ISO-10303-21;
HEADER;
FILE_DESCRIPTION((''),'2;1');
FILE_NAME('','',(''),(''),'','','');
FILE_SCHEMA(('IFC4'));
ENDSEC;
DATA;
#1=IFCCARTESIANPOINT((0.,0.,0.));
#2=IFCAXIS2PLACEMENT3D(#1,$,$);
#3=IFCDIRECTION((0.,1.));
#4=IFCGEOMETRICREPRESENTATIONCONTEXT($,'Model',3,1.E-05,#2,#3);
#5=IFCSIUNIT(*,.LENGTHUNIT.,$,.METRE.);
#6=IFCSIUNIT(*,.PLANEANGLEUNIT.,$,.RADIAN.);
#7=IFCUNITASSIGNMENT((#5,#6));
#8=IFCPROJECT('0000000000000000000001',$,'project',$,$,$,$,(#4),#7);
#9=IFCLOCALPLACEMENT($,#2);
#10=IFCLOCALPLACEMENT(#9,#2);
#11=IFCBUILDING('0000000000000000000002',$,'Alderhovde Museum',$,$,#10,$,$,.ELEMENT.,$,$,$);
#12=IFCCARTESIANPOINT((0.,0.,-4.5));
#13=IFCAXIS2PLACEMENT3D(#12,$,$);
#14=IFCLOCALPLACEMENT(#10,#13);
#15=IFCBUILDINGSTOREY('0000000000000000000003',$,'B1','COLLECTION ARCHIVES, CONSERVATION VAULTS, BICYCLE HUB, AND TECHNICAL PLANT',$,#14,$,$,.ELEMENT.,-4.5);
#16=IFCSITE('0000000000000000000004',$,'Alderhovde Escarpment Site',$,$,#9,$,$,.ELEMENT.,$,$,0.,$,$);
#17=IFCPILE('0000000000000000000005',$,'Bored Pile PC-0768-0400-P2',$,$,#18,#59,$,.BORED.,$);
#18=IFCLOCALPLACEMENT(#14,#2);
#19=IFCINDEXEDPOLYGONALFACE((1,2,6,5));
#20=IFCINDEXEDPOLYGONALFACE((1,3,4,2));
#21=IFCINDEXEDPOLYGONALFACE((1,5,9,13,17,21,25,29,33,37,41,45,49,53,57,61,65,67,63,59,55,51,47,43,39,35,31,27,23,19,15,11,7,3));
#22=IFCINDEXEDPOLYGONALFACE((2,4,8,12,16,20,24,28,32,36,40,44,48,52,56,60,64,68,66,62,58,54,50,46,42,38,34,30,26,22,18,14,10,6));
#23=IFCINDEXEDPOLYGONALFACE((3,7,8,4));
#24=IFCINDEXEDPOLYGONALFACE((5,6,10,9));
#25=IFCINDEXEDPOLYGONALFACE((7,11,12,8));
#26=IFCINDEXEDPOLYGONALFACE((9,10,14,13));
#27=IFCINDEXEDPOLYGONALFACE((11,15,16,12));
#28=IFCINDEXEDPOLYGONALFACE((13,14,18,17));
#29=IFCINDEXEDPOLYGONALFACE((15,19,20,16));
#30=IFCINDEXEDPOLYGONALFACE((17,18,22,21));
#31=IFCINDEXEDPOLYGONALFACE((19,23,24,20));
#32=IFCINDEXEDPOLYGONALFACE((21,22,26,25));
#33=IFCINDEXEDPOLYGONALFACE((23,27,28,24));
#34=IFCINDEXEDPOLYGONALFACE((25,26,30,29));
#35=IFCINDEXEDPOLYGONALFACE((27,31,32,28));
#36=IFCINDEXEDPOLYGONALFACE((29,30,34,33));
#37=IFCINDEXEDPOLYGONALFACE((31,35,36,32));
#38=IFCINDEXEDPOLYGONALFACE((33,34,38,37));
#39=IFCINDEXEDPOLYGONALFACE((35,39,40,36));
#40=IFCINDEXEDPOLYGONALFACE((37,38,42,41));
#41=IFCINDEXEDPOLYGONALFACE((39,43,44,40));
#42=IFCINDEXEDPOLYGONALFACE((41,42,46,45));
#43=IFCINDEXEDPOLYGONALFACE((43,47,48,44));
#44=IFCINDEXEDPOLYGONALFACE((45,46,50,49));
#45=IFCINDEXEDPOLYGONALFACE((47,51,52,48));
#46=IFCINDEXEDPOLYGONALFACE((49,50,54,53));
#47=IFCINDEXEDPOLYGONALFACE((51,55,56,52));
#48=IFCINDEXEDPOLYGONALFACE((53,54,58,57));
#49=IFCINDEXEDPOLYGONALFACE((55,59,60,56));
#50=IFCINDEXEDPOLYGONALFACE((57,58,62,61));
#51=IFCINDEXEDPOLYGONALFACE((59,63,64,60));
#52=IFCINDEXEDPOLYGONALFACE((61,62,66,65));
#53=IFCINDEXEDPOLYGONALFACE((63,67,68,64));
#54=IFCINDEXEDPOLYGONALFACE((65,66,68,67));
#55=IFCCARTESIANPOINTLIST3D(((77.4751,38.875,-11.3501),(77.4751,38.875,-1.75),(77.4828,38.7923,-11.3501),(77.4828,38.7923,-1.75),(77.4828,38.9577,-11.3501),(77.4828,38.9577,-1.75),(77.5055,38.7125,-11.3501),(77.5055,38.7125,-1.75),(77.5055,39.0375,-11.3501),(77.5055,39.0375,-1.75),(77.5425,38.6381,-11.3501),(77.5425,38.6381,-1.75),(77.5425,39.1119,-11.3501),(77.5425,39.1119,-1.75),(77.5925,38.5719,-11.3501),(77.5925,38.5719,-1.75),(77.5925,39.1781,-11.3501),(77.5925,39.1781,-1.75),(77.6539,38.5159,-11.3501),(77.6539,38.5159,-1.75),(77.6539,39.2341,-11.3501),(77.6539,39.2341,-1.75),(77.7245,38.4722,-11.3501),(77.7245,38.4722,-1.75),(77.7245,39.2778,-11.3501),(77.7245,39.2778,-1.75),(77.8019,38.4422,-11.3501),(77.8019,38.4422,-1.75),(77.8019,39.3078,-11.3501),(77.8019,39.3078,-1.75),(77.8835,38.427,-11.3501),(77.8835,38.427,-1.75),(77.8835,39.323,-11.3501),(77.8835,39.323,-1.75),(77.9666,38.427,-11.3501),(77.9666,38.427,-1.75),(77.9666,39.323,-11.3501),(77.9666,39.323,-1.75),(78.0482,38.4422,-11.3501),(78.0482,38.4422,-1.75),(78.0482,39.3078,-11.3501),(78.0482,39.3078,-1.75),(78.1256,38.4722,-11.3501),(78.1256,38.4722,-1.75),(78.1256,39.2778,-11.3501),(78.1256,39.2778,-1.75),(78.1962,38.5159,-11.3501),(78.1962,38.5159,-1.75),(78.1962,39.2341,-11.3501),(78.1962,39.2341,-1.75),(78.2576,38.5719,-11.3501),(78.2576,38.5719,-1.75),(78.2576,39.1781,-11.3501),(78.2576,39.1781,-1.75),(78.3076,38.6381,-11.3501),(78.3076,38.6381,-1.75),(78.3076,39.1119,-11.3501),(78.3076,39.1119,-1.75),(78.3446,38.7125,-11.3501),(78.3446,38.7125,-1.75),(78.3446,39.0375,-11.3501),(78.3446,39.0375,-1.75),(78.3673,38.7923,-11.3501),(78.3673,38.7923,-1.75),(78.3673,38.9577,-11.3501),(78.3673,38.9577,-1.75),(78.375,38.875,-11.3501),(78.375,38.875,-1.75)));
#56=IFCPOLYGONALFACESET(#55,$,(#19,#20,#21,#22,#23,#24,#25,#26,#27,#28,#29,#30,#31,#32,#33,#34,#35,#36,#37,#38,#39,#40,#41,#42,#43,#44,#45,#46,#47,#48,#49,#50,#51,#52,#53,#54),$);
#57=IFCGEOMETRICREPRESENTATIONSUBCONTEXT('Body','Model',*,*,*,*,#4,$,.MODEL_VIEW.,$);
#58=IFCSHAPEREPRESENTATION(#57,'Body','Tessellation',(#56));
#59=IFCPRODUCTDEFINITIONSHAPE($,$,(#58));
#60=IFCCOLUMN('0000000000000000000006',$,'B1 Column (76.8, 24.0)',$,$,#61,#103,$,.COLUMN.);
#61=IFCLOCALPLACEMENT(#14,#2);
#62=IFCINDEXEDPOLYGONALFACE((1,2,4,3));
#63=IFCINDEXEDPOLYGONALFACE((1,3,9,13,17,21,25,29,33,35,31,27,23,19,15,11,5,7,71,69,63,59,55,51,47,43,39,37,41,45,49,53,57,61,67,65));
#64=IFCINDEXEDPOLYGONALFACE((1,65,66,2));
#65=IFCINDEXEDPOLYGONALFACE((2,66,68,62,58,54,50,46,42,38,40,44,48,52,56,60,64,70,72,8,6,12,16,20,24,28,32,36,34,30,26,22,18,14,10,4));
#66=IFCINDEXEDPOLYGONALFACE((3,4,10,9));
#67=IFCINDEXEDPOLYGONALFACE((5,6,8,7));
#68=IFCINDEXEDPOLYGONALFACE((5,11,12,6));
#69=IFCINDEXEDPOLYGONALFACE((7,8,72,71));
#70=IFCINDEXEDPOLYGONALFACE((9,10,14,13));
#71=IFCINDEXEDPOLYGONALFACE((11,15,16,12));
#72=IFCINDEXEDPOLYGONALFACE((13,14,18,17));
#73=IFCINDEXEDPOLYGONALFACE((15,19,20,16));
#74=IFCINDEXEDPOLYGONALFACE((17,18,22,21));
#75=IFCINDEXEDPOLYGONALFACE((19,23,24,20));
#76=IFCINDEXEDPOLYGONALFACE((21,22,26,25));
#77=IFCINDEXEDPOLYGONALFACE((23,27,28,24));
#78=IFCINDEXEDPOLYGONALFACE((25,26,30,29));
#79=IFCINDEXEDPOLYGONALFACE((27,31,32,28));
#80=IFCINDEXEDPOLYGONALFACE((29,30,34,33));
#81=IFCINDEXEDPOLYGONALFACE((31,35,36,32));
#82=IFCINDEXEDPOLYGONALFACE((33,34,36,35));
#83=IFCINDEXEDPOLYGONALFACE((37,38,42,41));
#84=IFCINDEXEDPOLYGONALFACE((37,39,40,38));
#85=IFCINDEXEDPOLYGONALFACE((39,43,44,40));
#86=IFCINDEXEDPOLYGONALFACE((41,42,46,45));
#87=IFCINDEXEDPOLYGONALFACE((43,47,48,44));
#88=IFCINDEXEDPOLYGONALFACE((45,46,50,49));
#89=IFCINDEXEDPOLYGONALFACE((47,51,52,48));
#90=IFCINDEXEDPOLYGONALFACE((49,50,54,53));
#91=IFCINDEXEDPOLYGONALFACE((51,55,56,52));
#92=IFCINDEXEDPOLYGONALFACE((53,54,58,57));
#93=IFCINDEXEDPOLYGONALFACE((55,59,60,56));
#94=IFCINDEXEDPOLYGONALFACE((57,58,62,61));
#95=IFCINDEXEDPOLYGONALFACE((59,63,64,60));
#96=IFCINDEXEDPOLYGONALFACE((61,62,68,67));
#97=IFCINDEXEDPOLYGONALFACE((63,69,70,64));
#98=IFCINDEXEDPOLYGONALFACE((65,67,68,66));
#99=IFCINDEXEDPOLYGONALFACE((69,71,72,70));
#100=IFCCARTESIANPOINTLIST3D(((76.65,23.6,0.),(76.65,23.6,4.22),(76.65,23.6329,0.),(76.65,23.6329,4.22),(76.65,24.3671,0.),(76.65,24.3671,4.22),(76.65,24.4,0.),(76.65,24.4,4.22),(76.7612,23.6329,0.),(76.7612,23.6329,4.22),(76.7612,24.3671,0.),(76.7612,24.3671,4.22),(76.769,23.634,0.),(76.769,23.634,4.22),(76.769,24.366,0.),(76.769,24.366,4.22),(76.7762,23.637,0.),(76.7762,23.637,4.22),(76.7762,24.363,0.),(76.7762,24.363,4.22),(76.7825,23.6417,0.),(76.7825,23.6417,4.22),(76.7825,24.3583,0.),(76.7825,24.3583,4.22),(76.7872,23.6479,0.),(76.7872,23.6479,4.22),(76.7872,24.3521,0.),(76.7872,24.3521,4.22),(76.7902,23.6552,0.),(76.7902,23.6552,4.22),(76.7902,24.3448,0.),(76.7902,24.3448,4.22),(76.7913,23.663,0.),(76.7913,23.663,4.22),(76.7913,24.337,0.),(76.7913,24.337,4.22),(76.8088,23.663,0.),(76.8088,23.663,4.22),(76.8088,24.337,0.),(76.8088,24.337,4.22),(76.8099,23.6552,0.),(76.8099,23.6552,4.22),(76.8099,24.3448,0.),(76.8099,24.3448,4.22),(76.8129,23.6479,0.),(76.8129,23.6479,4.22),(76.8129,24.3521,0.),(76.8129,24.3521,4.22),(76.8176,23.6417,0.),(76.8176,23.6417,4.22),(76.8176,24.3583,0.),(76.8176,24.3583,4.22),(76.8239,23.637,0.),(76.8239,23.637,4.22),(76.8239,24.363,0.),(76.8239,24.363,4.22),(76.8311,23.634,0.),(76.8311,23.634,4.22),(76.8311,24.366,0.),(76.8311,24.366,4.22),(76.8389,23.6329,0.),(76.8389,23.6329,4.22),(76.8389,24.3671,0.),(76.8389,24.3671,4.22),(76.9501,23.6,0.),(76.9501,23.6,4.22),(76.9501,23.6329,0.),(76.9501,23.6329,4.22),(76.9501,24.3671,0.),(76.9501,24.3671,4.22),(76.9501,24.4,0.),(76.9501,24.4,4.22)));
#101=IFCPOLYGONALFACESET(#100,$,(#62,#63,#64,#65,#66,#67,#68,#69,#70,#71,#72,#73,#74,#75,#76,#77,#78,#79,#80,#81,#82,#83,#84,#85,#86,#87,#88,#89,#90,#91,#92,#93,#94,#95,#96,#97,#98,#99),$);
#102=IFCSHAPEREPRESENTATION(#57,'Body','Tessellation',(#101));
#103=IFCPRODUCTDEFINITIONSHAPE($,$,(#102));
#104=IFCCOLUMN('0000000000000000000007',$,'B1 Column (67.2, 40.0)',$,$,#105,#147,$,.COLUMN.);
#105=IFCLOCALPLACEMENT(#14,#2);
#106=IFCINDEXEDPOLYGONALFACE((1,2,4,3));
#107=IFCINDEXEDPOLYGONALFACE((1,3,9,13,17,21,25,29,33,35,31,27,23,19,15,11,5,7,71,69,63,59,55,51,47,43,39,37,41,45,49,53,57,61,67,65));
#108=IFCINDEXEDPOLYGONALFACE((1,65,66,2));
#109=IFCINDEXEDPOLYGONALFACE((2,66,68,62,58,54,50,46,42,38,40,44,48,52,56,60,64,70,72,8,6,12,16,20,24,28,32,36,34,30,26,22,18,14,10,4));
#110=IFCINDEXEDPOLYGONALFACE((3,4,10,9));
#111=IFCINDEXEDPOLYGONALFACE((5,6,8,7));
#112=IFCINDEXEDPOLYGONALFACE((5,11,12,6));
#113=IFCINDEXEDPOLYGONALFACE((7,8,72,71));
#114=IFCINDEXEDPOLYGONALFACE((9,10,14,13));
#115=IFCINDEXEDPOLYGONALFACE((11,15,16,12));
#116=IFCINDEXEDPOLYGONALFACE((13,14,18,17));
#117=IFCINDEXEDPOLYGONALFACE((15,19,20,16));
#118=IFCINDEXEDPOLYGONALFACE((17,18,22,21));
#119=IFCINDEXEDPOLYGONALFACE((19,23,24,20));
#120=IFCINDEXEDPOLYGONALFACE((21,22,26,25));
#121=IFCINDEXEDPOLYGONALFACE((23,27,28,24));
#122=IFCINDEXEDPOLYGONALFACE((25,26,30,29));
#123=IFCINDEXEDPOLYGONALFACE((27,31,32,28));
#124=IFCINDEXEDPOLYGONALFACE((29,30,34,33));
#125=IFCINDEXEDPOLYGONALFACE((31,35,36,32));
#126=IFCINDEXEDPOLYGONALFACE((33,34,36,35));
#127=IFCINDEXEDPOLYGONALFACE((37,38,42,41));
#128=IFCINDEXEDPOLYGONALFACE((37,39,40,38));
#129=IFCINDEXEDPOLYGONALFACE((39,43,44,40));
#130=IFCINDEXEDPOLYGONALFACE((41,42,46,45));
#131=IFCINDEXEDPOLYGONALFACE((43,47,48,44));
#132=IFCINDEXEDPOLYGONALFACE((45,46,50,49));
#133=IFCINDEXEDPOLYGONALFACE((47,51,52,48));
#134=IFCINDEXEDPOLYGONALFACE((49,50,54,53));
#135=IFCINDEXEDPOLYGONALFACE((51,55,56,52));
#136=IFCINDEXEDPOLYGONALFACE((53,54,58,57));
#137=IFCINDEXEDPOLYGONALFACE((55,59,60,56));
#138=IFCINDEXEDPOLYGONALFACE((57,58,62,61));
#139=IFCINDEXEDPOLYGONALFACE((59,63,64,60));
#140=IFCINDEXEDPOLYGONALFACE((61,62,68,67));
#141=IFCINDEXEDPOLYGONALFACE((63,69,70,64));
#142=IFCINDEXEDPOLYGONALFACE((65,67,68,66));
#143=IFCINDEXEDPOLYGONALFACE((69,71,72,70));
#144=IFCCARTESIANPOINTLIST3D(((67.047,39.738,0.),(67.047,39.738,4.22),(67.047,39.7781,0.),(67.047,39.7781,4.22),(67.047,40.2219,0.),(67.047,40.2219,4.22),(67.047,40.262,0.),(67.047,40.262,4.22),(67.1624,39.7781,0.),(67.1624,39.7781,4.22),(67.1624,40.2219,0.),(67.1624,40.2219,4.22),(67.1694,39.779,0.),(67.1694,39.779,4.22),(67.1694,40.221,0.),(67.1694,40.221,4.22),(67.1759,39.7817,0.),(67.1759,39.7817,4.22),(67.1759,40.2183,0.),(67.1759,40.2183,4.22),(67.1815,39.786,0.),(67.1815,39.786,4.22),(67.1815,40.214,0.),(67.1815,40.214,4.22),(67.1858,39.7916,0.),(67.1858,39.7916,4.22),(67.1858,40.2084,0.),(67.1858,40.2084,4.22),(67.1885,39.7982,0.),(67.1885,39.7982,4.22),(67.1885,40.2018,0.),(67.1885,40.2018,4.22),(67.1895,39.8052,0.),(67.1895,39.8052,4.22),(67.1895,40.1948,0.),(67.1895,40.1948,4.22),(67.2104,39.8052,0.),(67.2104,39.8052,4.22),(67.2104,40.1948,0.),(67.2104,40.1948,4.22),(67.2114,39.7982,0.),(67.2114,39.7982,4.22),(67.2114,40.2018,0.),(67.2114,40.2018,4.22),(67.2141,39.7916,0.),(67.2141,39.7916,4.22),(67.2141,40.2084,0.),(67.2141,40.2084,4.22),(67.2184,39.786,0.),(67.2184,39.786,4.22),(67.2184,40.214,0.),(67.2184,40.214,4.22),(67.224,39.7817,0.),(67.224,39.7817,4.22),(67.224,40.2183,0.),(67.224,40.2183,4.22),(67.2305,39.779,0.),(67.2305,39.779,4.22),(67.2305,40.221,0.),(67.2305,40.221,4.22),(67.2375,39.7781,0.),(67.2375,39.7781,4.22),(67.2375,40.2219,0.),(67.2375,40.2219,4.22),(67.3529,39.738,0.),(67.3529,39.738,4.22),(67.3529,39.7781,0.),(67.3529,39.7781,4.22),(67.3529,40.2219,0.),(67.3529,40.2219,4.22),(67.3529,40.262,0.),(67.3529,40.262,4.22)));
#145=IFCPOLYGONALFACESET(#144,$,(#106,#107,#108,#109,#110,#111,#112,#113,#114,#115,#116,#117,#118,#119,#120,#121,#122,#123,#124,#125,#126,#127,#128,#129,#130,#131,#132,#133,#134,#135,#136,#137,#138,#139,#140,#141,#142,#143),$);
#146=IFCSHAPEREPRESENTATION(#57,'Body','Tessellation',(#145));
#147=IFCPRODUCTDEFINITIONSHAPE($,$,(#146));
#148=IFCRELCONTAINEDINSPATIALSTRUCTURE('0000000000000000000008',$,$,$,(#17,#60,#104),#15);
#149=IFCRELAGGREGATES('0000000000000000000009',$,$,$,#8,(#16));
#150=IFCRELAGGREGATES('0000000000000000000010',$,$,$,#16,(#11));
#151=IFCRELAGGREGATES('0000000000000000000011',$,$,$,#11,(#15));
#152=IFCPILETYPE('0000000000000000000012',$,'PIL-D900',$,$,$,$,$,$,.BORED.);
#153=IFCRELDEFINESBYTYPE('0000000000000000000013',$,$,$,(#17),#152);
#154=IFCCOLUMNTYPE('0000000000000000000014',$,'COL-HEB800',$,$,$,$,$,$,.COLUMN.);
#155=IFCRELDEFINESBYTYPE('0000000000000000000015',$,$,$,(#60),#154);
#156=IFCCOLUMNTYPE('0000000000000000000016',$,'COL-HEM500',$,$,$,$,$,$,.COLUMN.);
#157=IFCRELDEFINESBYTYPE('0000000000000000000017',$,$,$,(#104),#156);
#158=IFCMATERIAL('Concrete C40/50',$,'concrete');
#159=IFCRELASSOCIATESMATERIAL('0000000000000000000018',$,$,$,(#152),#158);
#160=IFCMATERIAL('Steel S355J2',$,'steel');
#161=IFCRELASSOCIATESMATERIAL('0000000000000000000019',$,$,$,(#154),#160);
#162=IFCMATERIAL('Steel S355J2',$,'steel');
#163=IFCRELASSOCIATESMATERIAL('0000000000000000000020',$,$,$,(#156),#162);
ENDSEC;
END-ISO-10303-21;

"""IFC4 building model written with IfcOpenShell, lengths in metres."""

from ifc_helpers import new_model, si_unit, direction, frame, origin, origin_2d, place, context, subcontext, project, spatial, circle, i_section, extrude, material, material_profile, profile_set, type_object, element, save


model = new_model("IFC4")

# Units and contexts
model_context = context("Model", 3, precision=1e-05, world=origin(), true_north=direction((0.0, 1.0)))
body_context = subcontext(model_context, "Body", "Model", "MODEL_VIEW")
ifc_project = project(units=[si_unit("LENGTHUNIT", "METRE"), si_unit("PLANEANGLEUNIT", "RADIAN")], contexts=[model_context])

# Site, building, storey
site_placement = place(None, origin())
site = spatial("IfcSite", under=ifc_project, at=site_placement, Name="Alderhovde Escarpment Site", CompositionType="ELEMENT", RefElevation=0.0)
building_placement = place(site_placement, origin())
building = spatial("IfcBuilding", under=site, at=building_placement, Name="Alderhovde Museum", CompositionType="ELEMENT")
storey_placement = place(building_placement, frame((0.0, 0.0, -4.5)))
storey = spatial("IfcBuildingStorey", under=building, at=storey_placement, Name="B1", Description="COLLECTION ARCHIVES, CONSERVATION VAULTS, BICYCLE HUB, AND TECHNICAL PLANT", CompositionType="ELEMENT", Elevation=-4.5)

# Pile
ifc_material_1 = material(Name="Concrete C40/50", Category="concrete")
ifc_material_profile_1 = material_profile(ifc_material_1, circle(Radius=0.45, at=origin_2d()), Name="PILE-D900")
ifc_profile_set_1 = profile_set([ifc_material_profile_1], Name="Concrete C40/50")
pile_type_1 = type_object("IfcPileType", Name="PIL-D900", PredefinedType="BORED", material=ifc_profile_set_1)
for number, where, z_axis, x_axis, name in (
    (1, (77.925, 38.875, -1.75), (0.0, 0.0, -1.0), (1.0, 0.0, 0.0), "Bored Pile PC-0768-0400-P2"),
):
    element("IfcPile", number, at=place(storey_placement, frame(where, z_axis=z_axis, x_axis=x_axis)), inside=storey, type_object=pile_type_1, Name=name, PredefinedType="BORED", context=body_context, shape_type="SweptSolid", body=[
        extrude(circle(Radius=0.45, at=origin_2d()), origin(), (0.0, 0.0, 1.0), 9.6001),
    ])

# Columns
ifc_material_2 = material(Name="Steel S355J2", Category="steel")
ifc_material_profile_2 = material_profile(ifc_material_2, i_section(OverallWidth=0.3, OverallDepth=0.8, WebThickness=0.0176, FlangeThickness=0.033, FilletRadius=0.03, at=origin_2d()), Name="HEB 800")
ifc_profile_set_2 = profile_set([ifc_material_profile_2], Name="Steel S355J2")
column_type_1 = type_object("IfcColumnType", Name="COL-HEB800", PredefinedType="COLUMN", material=ifc_profile_set_2)
column_1_placement = place(storey_placement, frame((76.8, 24.0, 0.0), z_axis=(0.0, 0.0, 1.0), x_axis=(1.0, 0.0, 0.0)))
element("IfcColumn", 2, at=column_1_placement, inside=storey, type_object=column_type_1, Name="B1 Column (76.8, 24.0)", PredefinedType="COLUMN", context=body_context, shape_type="SweptSolid", body=[
    extrude(i_section(OverallWidth=0.3, OverallDepth=0.8, WebThickness=0.0176, FlangeThickness=0.033, FilletRadius=0.03, at=origin_2d()), origin(), (0.0, 0.0, 1.0), 4.22),
])
ifc_material_3 = material(Name="Steel S355J2", Category="steel")
ifc_material_profile_3 = material_profile(ifc_material_3, i_section(OverallWidth=0.3059, OverallDepth=0.5239, WebThickness=0.021, FlangeThickness=0.04, FilletRadius=0.0271, at=origin_2d()), Name="HEM 500")
ifc_profile_set_3 = profile_set([ifc_material_profile_3], Name="Steel S355J2")
column_type_2 = type_object("IfcColumnType", Name="COL-HEM500", PredefinedType="COLUMN", material=ifc_profile_set_3)
column_2_placement = place(storey_placement, frame((67.2, 40.0, 0.0), z_axis=(0.0, 0.0, 1.0), x_axis=(1.0, 0.0, 0.0)))
element("IfcColumn", 3, at=column_2_placement, inside=storey, type_object=column_type_2, Name="B1 Column (67.2, 40.0)", PredefinedType="COLUMN", context=body_context, shape_type="SweptSolid", body=[
    extrude(i_section(OverallWidth=0.3059, OverallDepth=0.5239, WebThickness=0.021, FlangeThickness=0.04, FilletRadius=0.0271, at=origin_2d()), origin(), (0.0, 0.0, 1.0), 4.22),
])

save(model, "model.ifc")
